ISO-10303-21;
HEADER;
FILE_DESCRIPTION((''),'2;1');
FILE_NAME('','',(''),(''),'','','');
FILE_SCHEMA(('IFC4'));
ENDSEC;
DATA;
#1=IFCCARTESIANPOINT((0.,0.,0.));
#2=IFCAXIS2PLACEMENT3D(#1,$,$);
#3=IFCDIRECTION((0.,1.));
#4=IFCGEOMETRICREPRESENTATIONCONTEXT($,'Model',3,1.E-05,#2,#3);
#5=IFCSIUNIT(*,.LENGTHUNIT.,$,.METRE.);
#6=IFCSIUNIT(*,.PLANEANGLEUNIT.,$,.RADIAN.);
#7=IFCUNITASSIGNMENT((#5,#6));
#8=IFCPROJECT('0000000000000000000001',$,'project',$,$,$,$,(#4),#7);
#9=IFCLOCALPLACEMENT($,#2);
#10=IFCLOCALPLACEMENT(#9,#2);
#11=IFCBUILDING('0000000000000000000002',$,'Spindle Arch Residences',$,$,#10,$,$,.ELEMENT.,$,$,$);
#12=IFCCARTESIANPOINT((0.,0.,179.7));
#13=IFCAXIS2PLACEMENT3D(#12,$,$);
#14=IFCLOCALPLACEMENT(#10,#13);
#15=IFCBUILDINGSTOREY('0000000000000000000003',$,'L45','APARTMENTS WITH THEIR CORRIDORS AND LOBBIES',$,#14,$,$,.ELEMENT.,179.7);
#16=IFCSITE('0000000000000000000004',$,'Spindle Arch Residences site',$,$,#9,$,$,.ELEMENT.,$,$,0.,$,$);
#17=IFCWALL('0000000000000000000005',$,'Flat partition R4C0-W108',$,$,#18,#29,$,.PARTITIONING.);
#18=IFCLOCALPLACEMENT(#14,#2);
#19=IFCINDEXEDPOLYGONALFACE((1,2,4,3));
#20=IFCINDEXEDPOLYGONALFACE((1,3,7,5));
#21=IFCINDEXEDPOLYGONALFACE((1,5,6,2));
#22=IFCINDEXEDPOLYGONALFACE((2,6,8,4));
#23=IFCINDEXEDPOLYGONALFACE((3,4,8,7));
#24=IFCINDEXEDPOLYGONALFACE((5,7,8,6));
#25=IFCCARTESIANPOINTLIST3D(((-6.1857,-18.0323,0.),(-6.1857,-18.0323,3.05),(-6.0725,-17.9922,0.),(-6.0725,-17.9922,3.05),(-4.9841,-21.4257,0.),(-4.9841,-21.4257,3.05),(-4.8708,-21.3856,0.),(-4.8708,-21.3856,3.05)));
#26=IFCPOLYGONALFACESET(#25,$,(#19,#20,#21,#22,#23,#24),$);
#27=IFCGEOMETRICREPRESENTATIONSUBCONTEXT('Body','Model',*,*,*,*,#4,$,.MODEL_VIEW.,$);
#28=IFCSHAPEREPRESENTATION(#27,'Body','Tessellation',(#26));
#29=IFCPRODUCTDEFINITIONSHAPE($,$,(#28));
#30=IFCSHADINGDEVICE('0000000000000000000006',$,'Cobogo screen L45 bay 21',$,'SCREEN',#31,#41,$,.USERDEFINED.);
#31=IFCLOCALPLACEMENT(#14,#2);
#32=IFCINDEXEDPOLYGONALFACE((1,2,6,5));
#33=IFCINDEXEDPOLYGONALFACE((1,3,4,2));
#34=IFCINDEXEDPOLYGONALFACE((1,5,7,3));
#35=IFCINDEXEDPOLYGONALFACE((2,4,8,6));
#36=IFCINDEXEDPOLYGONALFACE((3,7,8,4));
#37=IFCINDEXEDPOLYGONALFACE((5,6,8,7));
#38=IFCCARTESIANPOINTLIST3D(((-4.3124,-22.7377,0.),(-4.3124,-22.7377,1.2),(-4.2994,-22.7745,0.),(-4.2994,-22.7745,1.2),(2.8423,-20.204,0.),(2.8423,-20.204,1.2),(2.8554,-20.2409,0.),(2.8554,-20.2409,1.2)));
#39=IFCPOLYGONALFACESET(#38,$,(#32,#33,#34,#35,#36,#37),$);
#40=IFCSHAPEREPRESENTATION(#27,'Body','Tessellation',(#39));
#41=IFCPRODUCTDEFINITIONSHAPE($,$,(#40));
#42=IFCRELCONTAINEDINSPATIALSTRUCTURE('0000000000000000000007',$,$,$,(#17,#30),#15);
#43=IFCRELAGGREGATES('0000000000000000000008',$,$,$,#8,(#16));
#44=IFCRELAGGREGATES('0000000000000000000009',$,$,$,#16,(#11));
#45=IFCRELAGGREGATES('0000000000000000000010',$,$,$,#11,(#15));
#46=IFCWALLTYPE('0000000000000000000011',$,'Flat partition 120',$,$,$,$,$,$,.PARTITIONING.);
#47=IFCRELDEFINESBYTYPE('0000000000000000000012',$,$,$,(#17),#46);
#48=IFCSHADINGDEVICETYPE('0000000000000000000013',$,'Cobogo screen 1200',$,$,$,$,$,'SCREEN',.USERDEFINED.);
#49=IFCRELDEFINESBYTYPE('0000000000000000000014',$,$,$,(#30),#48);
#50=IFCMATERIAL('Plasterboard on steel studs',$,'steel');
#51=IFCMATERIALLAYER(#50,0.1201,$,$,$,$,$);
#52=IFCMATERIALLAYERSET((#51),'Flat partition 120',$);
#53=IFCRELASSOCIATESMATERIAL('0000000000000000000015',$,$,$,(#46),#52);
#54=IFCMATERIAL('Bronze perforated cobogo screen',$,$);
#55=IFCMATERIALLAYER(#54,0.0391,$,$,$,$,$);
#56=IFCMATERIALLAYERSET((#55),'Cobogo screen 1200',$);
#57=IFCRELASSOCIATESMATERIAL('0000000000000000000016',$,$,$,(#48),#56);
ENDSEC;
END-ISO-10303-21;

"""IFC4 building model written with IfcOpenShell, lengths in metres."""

from ifc_helpers import new_model, si_unit, direction, frame, frame_2d, origin, origin_2d, place, context, subcontext, project, spatial, rectangle, extrude, material, layer, layer_set, type_object, element, save


model = new_model("IFC4")

# Units and contexts
model_context = context("Model", 3, precision=1e-05, world=origin(), true_north=direction((0.0, 1.0)))
body_context = subcontext(model_context, "Body", "Model", "MODEL_VIEW")
ifc_project = project(units=[si_unit("LENGTHUNIT", "METRE"), si_unit("PLANEANGLEUNIT", "RADIAN")], contexts=[model_context])

# Site, building, storey
site_placement = place(None, origin())
site = spatial("IfcSite", under=ifc_project, at=site_placement, Name="Spindle Arch Residences site", CompositionType="ELEMENT", RefElevation=0.0)
building_placement = place(site_placement, origin())
building = spatial("IfcBuilding", under=site, at=building_placement, Name="Spindle Arch Residences", CompositionType="ELEMENT")
storey_placement = place(building_placement, frame((0.0, 0.0, 179.7)))
storey = spatial("IfcBuildingStorey", under=building, at=storey_placement, Name="L45", Description="APARTMENTS WITH THEIR CORRIDORS AND LOBBIES", CompositionType="ELEMENT", Elevation=179.7)

# Shared definitions
ifc_material_1 = material(Name="Plasterboard on steel studs", Category="steel")
ifc_layer_1 = layer(ifc_material_1, 0.1201)
ifc_layer_set_1 = layer_set([ifc_layer_1], Name="Flat partition 120")
wall_type_1 = type_object("IfcWallType", Name="Flat partition 120", PredefinedType="PARTITIONING", material=ifc_layer_set_1)

# Wall
wall_1_placement = place(storey_placement, frame((-4.9275, -21.4055, 0.0), z_axis=(0.0, 0.0, 1.0), x_axis=(-0.333813, 0.942639, 0.0)))
element("IfcWall", 1, at=wall_1_placement, inside=storey, type_object=wall_type_1, Name="Flat partition R4C0-W108", PredefinedType="PARTITIONING", context=body_context, shape_type="SweptSolid", body=[
    extrude(rectangle(XDim=3.5999, YDim=0.1201, at=frame_2d((1.7998, 0.0))), origin(), (0.0, 0.0, 1.0), 3.05),
])

# Shading device
ifc_material_2 = material(Name="Bronze perforated cobogo screen")
ifc_layer_2 = layer(ifc_material_2, 0.0391)
ifc_layer_set_2 = layer_set([ifc_layer_2], Name="Cobogo screen 1200")
shading_device_type = type_object("IfcShadingDeviceType", Name="Cobogo screen 1200", ElementType="SCREEN", PredefinedType="USERDEFINED", material=ifc_layer_set_2)
shading_device_placement = place(storey_placement, frame((-0.7285, -21.4893, 0.0), z_axis=(0.0, 0.0, 1.0), x_axis=(0.942641, 0.333807, 0.0)))
element("IfcShadingDevice", 2, at=shading_device_placement, inside=storey, type_object=shading_device_type, Name="Cobogo screen L45 bay 21", ObjectType="SCREEN", PredefinedType="USERDEFINED", context=body_context, shape_type="SweptSolid", body=[
    extrude(rectangle(XDim=7.5901, YDim=0.0391, at=origin_2d()), origin(), (0.0, 0.0, 1.0), 1.2),
])

save(model, "model.ifc")
